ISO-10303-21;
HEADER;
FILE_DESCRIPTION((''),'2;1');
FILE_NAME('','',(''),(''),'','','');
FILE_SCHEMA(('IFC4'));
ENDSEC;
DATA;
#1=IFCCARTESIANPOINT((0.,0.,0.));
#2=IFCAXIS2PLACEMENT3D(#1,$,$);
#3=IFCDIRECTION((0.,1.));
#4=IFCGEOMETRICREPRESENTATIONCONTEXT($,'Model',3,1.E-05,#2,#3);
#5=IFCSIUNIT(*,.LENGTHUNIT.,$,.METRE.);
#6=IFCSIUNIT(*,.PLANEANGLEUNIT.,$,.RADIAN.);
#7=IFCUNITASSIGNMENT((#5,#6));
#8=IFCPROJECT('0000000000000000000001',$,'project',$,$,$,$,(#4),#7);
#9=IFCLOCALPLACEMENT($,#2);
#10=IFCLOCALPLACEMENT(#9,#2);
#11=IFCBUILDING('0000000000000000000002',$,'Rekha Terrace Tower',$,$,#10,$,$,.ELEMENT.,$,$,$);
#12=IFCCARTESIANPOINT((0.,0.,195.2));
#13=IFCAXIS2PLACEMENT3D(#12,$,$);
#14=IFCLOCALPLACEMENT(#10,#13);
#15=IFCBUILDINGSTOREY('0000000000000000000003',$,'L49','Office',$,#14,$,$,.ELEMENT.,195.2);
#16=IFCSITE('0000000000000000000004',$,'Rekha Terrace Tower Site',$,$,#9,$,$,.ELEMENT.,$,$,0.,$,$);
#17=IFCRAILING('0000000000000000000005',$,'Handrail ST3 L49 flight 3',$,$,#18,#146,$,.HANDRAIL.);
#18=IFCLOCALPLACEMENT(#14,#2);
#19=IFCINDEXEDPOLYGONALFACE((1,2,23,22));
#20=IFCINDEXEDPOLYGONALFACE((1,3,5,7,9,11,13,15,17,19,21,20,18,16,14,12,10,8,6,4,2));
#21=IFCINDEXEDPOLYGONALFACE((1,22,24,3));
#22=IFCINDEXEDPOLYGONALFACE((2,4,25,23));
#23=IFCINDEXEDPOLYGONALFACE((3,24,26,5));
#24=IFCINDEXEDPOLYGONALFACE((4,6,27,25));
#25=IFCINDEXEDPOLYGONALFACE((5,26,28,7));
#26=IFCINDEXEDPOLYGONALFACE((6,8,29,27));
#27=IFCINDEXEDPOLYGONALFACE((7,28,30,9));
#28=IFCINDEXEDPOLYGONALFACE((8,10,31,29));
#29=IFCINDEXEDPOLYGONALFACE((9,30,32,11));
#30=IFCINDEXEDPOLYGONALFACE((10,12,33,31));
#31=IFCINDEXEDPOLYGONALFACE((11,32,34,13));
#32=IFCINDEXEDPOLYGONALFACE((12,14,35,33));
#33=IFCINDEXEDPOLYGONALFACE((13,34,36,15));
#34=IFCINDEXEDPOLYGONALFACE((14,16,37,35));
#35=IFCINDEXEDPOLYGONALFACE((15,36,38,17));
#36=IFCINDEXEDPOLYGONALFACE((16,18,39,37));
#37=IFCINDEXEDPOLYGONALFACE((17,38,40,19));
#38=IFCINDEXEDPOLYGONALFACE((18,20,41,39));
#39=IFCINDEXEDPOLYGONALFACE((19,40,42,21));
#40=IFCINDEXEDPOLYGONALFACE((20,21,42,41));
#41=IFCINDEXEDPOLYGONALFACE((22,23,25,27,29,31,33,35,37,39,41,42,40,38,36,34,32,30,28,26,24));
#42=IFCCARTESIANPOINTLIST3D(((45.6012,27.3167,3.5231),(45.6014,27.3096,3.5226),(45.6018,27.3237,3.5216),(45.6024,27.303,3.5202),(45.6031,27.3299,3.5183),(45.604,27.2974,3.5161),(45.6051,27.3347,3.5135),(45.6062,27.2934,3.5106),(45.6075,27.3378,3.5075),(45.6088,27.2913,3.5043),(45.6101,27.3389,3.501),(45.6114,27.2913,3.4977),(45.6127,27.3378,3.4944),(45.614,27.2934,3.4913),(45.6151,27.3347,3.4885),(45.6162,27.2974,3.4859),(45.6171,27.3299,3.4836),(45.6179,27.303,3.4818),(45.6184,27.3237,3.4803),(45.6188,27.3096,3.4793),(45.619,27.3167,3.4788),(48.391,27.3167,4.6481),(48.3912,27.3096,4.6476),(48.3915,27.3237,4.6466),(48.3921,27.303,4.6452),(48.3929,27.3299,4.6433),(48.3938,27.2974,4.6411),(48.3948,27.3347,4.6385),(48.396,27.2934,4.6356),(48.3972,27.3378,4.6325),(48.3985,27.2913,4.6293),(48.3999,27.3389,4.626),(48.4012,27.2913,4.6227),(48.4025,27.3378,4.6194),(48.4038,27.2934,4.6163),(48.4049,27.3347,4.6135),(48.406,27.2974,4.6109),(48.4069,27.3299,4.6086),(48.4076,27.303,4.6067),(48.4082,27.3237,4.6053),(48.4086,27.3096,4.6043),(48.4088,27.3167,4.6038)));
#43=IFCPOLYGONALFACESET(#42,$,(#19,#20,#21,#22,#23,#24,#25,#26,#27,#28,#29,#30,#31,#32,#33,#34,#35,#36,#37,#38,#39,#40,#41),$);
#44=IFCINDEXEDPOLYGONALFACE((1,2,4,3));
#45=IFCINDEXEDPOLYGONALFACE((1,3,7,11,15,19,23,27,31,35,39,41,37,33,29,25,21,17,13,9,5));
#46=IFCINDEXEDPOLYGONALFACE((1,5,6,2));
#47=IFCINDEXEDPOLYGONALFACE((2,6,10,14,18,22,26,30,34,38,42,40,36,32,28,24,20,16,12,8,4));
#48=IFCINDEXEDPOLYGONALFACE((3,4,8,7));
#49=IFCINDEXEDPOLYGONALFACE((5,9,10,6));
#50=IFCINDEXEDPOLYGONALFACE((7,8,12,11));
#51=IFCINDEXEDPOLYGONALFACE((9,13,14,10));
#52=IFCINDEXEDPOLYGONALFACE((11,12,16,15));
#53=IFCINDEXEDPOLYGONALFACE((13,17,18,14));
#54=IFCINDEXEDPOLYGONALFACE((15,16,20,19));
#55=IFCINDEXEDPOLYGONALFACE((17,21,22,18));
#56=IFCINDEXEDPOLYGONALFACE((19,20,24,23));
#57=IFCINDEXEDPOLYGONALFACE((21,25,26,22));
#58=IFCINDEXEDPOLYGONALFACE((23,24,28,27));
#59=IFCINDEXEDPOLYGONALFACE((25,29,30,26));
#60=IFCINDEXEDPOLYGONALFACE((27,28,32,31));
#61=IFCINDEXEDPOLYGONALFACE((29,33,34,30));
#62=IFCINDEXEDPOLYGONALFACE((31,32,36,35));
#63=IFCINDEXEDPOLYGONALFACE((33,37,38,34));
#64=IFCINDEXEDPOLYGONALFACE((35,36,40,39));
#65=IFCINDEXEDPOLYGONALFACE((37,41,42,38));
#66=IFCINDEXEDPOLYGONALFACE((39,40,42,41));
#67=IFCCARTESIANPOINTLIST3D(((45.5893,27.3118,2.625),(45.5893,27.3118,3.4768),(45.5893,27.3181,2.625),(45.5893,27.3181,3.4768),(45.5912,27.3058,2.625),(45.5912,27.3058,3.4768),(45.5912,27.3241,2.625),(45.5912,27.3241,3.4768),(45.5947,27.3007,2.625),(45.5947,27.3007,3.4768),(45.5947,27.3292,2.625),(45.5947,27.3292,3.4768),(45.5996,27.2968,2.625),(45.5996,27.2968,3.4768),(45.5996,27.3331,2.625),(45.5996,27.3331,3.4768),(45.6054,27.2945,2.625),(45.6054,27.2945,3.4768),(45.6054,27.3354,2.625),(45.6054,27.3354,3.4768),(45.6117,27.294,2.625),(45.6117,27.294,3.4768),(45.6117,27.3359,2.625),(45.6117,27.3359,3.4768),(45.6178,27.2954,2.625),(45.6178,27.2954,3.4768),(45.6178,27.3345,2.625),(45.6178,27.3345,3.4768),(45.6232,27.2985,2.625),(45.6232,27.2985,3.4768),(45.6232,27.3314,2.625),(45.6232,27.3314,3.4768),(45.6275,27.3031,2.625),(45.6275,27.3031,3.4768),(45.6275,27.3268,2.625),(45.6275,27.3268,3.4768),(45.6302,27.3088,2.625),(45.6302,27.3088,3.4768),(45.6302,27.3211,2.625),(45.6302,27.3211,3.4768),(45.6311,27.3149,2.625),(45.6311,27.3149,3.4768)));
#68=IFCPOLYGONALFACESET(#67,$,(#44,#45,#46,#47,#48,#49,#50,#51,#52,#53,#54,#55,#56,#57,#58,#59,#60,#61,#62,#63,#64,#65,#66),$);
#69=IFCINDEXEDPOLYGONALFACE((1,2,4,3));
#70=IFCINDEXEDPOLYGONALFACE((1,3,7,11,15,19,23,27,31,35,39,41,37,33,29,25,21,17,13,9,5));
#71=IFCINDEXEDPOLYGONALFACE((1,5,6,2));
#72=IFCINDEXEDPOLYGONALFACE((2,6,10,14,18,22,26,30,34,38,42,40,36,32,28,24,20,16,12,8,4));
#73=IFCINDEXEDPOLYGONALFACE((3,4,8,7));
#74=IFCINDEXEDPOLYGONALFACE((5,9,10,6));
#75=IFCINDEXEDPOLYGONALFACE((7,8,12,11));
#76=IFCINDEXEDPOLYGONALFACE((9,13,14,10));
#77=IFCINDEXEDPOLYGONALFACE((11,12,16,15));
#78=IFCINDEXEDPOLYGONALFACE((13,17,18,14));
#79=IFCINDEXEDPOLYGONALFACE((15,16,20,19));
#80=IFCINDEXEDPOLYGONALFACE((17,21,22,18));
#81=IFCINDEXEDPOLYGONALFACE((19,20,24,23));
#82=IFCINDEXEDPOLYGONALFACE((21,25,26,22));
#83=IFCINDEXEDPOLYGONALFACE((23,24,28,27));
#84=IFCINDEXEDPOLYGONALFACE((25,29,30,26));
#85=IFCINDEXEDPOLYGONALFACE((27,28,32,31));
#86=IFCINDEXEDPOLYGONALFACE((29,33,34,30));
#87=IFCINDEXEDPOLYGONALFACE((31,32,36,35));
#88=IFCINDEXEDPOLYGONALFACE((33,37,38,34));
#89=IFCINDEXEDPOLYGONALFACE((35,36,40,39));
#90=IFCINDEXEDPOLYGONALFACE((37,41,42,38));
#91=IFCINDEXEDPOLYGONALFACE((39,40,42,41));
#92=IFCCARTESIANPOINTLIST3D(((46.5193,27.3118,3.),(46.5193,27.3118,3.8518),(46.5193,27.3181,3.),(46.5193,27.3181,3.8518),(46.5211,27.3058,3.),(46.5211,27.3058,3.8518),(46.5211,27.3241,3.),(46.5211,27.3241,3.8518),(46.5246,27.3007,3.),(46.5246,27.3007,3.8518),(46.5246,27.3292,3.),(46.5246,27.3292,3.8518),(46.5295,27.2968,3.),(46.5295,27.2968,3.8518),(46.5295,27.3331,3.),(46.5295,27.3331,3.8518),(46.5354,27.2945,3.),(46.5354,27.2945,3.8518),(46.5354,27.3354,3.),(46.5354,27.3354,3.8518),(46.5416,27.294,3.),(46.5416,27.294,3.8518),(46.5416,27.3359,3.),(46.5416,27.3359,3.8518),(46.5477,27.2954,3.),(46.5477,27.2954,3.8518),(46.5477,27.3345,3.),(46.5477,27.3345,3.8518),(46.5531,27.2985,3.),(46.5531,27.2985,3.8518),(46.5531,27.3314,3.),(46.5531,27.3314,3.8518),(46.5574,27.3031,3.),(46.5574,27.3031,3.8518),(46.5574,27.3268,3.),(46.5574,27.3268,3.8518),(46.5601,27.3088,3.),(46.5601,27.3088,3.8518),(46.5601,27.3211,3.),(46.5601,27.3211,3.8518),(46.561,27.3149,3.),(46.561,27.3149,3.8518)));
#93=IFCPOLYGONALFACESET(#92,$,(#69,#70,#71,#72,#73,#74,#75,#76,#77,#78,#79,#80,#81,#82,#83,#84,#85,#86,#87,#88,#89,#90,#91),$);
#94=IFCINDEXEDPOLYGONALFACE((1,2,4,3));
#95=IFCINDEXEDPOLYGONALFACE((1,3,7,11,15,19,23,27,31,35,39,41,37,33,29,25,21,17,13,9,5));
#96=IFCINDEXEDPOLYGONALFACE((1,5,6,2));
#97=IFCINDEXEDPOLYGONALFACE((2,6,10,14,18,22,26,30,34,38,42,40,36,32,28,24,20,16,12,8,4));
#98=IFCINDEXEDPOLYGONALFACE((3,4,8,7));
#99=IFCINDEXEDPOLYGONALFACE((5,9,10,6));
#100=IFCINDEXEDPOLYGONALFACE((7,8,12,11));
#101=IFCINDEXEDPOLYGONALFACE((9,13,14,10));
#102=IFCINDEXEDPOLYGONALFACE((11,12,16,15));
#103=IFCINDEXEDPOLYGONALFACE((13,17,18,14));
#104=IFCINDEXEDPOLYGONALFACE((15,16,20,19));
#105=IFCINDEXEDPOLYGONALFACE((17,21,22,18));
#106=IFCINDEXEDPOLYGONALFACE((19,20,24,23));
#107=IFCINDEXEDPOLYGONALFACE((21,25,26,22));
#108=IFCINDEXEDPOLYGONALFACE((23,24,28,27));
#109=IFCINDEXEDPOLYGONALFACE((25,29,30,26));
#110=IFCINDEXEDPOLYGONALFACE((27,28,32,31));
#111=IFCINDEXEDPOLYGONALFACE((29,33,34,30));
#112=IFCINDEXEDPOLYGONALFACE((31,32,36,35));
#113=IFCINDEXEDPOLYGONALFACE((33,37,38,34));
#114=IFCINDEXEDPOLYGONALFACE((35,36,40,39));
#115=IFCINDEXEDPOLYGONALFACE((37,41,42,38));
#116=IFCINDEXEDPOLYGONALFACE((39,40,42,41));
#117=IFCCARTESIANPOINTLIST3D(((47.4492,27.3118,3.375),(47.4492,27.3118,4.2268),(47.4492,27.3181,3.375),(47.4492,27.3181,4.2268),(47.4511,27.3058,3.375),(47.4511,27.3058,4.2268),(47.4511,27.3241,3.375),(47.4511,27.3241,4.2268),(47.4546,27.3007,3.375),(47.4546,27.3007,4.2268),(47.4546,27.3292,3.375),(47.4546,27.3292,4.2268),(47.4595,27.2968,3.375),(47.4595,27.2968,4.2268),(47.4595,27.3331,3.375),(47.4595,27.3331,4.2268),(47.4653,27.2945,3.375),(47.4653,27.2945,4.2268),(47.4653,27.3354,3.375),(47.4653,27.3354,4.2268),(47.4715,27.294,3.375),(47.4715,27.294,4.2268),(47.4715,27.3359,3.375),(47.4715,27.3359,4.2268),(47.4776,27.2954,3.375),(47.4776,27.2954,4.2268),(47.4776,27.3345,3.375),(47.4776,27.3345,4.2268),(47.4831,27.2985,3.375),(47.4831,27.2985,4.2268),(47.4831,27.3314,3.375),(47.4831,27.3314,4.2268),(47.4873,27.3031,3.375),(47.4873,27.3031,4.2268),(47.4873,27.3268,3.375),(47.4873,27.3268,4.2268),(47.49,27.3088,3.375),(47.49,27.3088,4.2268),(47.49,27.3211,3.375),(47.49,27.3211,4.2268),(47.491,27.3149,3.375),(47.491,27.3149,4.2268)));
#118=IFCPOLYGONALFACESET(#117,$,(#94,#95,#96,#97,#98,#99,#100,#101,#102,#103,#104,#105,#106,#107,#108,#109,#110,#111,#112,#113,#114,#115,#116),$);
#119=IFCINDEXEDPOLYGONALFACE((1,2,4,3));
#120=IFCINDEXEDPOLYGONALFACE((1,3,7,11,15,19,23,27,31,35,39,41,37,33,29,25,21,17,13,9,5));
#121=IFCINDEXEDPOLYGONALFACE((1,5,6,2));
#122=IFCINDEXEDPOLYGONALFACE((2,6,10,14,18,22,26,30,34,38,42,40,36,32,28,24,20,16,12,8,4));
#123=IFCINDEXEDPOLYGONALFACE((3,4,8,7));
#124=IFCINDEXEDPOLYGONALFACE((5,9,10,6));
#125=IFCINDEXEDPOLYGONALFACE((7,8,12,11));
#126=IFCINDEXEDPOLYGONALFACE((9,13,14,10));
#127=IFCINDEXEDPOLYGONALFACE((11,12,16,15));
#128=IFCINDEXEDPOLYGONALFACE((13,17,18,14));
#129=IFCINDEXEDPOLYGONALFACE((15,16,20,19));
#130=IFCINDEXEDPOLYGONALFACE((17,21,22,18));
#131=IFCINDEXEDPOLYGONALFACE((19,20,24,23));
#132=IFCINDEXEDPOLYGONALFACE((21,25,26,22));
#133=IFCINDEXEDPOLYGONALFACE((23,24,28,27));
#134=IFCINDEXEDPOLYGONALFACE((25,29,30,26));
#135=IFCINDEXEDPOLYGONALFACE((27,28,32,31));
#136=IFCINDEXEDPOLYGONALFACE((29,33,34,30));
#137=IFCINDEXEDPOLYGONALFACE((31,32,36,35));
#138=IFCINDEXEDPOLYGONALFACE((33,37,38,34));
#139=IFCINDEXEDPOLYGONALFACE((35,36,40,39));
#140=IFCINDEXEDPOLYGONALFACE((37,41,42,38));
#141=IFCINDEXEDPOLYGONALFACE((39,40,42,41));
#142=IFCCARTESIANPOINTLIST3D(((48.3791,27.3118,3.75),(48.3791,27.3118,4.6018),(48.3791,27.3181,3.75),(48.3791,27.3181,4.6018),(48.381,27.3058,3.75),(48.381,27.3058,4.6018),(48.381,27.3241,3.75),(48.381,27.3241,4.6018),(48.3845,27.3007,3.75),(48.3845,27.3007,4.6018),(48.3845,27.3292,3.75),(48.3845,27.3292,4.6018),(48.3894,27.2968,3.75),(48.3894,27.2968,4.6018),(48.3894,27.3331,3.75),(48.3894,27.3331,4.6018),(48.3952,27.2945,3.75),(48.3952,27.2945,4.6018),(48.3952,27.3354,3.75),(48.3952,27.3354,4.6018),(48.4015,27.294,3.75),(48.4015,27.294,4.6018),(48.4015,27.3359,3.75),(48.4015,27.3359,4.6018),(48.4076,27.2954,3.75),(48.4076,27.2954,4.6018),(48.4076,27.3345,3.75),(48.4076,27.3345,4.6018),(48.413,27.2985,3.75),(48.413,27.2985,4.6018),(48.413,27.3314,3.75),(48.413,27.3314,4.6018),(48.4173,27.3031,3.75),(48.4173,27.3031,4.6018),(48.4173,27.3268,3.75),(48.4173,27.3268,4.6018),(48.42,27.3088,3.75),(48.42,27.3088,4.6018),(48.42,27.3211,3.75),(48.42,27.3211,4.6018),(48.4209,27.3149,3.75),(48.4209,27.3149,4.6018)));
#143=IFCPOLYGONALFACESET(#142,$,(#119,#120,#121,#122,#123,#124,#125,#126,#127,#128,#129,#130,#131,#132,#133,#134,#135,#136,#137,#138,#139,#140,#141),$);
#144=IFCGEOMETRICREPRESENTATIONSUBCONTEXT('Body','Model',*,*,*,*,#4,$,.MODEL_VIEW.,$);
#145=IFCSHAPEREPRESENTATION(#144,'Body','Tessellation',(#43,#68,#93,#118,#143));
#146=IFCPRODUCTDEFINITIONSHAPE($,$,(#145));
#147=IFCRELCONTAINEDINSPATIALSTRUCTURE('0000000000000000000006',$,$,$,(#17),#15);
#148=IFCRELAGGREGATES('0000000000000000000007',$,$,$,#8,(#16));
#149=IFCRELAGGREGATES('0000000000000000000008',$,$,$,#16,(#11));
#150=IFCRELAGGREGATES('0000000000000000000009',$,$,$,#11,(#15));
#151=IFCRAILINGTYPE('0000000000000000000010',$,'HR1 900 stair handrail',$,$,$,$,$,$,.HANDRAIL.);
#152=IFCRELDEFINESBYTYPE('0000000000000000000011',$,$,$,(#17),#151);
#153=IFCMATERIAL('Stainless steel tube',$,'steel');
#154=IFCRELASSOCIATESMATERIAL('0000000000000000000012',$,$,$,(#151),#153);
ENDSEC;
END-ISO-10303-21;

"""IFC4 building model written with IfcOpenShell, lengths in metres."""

from ifc_helpers import new_model, si_unit, direction, frame, origin, origin_2d, place, context, subcontext, project, spatial, circle, extrude, material, type_object, element, save


model = new_model("IFC4")

# Units and contexts
model_context = context("Model", 3, precision=1e-05, world=origin(), true_north=direction((0.0, 1.0)))
body_context = subcontext(model_context, "Body", "Model", "MODEL_VIEW")
ifc_project = project(units=[si_unit("LENGTHUNIT", "METRE"), si_unit("PLANEANGLEUNIT", "RADIAN")], contexts=[model_context])

# Site, building, storey
site_placement = place(None, origin())
site = spatial("IfcSite", under=ifc_project, at=site_placement, Name="Rekha Terrace Tower Site", CompositionType="ELEMENT", RefElevation=0.0)
building_placement = place(site_placement, origin())
building = spatial("IfcBuilding", under=site, at=building_placement, Name="Rekha Terrace Tower", CompositionType="ELEMENT")
storey_placement = place(building_placement, frame((0.0, 0.0, 195.2)))
storey = spatial("IfcBuildingStorey", under=building, at=storey_placement, Name="L49", Description="Office", CompositionType="ELEMENT", Elevation=195.2)

# Railing
ifc_material_1 = material(Name="Stainless steel tube", Category="steel")
railing_type_1 = type_object("IfcRailingType", Name="HR1 900 stair handrail", PredefinedType="HANDRAIL", material=ifc_material_1)
railing_1_placement = place(storey_placement, frame((45.6101, 27.3149, 2.625)))
element("IfcRailing", 1, at=railing_1_placement, inside=storey, type_object=railing_type_1, Name="Handrail ST3 L49 flight 3", PredefinedType="HANDRAIL", context=body_context, shape_type="SweptSolid", body=[
    extrude(circle(Radius=0.0239, at=origin_2d()), frame((0.0, 0.0, 0.876), z_axis=(0.927432, 0.0, 0.373992), x_axis=(0.0, 1.0, 0.0)), (0.0, 0.0, 1.0), 3.0081),
    extrude(circle(Radius=0.021, at=origin_2d()), origin(), (0.0, 0.0, 1.0), 0.8518),
    extrude(circle(Radius=0.021, at=origin_2d()), frame((0.9299, 0.0, 0.375)), (0.0, 0.0, 1.0), 0.8518),
    extrude(circle(Radius=0.021, at=origin_2d()), frame((1.8599, 0.0, 0.75)), (0.0, 0.0, 1.0), 0.8518),
    extrude(circle(Radius=0.021, at=origin_2d()), frame((2.7898, 0.0, 1.125)), (0.0, 0.0, 1.0), 0.8518),
])

save(model, "model.ifc")
